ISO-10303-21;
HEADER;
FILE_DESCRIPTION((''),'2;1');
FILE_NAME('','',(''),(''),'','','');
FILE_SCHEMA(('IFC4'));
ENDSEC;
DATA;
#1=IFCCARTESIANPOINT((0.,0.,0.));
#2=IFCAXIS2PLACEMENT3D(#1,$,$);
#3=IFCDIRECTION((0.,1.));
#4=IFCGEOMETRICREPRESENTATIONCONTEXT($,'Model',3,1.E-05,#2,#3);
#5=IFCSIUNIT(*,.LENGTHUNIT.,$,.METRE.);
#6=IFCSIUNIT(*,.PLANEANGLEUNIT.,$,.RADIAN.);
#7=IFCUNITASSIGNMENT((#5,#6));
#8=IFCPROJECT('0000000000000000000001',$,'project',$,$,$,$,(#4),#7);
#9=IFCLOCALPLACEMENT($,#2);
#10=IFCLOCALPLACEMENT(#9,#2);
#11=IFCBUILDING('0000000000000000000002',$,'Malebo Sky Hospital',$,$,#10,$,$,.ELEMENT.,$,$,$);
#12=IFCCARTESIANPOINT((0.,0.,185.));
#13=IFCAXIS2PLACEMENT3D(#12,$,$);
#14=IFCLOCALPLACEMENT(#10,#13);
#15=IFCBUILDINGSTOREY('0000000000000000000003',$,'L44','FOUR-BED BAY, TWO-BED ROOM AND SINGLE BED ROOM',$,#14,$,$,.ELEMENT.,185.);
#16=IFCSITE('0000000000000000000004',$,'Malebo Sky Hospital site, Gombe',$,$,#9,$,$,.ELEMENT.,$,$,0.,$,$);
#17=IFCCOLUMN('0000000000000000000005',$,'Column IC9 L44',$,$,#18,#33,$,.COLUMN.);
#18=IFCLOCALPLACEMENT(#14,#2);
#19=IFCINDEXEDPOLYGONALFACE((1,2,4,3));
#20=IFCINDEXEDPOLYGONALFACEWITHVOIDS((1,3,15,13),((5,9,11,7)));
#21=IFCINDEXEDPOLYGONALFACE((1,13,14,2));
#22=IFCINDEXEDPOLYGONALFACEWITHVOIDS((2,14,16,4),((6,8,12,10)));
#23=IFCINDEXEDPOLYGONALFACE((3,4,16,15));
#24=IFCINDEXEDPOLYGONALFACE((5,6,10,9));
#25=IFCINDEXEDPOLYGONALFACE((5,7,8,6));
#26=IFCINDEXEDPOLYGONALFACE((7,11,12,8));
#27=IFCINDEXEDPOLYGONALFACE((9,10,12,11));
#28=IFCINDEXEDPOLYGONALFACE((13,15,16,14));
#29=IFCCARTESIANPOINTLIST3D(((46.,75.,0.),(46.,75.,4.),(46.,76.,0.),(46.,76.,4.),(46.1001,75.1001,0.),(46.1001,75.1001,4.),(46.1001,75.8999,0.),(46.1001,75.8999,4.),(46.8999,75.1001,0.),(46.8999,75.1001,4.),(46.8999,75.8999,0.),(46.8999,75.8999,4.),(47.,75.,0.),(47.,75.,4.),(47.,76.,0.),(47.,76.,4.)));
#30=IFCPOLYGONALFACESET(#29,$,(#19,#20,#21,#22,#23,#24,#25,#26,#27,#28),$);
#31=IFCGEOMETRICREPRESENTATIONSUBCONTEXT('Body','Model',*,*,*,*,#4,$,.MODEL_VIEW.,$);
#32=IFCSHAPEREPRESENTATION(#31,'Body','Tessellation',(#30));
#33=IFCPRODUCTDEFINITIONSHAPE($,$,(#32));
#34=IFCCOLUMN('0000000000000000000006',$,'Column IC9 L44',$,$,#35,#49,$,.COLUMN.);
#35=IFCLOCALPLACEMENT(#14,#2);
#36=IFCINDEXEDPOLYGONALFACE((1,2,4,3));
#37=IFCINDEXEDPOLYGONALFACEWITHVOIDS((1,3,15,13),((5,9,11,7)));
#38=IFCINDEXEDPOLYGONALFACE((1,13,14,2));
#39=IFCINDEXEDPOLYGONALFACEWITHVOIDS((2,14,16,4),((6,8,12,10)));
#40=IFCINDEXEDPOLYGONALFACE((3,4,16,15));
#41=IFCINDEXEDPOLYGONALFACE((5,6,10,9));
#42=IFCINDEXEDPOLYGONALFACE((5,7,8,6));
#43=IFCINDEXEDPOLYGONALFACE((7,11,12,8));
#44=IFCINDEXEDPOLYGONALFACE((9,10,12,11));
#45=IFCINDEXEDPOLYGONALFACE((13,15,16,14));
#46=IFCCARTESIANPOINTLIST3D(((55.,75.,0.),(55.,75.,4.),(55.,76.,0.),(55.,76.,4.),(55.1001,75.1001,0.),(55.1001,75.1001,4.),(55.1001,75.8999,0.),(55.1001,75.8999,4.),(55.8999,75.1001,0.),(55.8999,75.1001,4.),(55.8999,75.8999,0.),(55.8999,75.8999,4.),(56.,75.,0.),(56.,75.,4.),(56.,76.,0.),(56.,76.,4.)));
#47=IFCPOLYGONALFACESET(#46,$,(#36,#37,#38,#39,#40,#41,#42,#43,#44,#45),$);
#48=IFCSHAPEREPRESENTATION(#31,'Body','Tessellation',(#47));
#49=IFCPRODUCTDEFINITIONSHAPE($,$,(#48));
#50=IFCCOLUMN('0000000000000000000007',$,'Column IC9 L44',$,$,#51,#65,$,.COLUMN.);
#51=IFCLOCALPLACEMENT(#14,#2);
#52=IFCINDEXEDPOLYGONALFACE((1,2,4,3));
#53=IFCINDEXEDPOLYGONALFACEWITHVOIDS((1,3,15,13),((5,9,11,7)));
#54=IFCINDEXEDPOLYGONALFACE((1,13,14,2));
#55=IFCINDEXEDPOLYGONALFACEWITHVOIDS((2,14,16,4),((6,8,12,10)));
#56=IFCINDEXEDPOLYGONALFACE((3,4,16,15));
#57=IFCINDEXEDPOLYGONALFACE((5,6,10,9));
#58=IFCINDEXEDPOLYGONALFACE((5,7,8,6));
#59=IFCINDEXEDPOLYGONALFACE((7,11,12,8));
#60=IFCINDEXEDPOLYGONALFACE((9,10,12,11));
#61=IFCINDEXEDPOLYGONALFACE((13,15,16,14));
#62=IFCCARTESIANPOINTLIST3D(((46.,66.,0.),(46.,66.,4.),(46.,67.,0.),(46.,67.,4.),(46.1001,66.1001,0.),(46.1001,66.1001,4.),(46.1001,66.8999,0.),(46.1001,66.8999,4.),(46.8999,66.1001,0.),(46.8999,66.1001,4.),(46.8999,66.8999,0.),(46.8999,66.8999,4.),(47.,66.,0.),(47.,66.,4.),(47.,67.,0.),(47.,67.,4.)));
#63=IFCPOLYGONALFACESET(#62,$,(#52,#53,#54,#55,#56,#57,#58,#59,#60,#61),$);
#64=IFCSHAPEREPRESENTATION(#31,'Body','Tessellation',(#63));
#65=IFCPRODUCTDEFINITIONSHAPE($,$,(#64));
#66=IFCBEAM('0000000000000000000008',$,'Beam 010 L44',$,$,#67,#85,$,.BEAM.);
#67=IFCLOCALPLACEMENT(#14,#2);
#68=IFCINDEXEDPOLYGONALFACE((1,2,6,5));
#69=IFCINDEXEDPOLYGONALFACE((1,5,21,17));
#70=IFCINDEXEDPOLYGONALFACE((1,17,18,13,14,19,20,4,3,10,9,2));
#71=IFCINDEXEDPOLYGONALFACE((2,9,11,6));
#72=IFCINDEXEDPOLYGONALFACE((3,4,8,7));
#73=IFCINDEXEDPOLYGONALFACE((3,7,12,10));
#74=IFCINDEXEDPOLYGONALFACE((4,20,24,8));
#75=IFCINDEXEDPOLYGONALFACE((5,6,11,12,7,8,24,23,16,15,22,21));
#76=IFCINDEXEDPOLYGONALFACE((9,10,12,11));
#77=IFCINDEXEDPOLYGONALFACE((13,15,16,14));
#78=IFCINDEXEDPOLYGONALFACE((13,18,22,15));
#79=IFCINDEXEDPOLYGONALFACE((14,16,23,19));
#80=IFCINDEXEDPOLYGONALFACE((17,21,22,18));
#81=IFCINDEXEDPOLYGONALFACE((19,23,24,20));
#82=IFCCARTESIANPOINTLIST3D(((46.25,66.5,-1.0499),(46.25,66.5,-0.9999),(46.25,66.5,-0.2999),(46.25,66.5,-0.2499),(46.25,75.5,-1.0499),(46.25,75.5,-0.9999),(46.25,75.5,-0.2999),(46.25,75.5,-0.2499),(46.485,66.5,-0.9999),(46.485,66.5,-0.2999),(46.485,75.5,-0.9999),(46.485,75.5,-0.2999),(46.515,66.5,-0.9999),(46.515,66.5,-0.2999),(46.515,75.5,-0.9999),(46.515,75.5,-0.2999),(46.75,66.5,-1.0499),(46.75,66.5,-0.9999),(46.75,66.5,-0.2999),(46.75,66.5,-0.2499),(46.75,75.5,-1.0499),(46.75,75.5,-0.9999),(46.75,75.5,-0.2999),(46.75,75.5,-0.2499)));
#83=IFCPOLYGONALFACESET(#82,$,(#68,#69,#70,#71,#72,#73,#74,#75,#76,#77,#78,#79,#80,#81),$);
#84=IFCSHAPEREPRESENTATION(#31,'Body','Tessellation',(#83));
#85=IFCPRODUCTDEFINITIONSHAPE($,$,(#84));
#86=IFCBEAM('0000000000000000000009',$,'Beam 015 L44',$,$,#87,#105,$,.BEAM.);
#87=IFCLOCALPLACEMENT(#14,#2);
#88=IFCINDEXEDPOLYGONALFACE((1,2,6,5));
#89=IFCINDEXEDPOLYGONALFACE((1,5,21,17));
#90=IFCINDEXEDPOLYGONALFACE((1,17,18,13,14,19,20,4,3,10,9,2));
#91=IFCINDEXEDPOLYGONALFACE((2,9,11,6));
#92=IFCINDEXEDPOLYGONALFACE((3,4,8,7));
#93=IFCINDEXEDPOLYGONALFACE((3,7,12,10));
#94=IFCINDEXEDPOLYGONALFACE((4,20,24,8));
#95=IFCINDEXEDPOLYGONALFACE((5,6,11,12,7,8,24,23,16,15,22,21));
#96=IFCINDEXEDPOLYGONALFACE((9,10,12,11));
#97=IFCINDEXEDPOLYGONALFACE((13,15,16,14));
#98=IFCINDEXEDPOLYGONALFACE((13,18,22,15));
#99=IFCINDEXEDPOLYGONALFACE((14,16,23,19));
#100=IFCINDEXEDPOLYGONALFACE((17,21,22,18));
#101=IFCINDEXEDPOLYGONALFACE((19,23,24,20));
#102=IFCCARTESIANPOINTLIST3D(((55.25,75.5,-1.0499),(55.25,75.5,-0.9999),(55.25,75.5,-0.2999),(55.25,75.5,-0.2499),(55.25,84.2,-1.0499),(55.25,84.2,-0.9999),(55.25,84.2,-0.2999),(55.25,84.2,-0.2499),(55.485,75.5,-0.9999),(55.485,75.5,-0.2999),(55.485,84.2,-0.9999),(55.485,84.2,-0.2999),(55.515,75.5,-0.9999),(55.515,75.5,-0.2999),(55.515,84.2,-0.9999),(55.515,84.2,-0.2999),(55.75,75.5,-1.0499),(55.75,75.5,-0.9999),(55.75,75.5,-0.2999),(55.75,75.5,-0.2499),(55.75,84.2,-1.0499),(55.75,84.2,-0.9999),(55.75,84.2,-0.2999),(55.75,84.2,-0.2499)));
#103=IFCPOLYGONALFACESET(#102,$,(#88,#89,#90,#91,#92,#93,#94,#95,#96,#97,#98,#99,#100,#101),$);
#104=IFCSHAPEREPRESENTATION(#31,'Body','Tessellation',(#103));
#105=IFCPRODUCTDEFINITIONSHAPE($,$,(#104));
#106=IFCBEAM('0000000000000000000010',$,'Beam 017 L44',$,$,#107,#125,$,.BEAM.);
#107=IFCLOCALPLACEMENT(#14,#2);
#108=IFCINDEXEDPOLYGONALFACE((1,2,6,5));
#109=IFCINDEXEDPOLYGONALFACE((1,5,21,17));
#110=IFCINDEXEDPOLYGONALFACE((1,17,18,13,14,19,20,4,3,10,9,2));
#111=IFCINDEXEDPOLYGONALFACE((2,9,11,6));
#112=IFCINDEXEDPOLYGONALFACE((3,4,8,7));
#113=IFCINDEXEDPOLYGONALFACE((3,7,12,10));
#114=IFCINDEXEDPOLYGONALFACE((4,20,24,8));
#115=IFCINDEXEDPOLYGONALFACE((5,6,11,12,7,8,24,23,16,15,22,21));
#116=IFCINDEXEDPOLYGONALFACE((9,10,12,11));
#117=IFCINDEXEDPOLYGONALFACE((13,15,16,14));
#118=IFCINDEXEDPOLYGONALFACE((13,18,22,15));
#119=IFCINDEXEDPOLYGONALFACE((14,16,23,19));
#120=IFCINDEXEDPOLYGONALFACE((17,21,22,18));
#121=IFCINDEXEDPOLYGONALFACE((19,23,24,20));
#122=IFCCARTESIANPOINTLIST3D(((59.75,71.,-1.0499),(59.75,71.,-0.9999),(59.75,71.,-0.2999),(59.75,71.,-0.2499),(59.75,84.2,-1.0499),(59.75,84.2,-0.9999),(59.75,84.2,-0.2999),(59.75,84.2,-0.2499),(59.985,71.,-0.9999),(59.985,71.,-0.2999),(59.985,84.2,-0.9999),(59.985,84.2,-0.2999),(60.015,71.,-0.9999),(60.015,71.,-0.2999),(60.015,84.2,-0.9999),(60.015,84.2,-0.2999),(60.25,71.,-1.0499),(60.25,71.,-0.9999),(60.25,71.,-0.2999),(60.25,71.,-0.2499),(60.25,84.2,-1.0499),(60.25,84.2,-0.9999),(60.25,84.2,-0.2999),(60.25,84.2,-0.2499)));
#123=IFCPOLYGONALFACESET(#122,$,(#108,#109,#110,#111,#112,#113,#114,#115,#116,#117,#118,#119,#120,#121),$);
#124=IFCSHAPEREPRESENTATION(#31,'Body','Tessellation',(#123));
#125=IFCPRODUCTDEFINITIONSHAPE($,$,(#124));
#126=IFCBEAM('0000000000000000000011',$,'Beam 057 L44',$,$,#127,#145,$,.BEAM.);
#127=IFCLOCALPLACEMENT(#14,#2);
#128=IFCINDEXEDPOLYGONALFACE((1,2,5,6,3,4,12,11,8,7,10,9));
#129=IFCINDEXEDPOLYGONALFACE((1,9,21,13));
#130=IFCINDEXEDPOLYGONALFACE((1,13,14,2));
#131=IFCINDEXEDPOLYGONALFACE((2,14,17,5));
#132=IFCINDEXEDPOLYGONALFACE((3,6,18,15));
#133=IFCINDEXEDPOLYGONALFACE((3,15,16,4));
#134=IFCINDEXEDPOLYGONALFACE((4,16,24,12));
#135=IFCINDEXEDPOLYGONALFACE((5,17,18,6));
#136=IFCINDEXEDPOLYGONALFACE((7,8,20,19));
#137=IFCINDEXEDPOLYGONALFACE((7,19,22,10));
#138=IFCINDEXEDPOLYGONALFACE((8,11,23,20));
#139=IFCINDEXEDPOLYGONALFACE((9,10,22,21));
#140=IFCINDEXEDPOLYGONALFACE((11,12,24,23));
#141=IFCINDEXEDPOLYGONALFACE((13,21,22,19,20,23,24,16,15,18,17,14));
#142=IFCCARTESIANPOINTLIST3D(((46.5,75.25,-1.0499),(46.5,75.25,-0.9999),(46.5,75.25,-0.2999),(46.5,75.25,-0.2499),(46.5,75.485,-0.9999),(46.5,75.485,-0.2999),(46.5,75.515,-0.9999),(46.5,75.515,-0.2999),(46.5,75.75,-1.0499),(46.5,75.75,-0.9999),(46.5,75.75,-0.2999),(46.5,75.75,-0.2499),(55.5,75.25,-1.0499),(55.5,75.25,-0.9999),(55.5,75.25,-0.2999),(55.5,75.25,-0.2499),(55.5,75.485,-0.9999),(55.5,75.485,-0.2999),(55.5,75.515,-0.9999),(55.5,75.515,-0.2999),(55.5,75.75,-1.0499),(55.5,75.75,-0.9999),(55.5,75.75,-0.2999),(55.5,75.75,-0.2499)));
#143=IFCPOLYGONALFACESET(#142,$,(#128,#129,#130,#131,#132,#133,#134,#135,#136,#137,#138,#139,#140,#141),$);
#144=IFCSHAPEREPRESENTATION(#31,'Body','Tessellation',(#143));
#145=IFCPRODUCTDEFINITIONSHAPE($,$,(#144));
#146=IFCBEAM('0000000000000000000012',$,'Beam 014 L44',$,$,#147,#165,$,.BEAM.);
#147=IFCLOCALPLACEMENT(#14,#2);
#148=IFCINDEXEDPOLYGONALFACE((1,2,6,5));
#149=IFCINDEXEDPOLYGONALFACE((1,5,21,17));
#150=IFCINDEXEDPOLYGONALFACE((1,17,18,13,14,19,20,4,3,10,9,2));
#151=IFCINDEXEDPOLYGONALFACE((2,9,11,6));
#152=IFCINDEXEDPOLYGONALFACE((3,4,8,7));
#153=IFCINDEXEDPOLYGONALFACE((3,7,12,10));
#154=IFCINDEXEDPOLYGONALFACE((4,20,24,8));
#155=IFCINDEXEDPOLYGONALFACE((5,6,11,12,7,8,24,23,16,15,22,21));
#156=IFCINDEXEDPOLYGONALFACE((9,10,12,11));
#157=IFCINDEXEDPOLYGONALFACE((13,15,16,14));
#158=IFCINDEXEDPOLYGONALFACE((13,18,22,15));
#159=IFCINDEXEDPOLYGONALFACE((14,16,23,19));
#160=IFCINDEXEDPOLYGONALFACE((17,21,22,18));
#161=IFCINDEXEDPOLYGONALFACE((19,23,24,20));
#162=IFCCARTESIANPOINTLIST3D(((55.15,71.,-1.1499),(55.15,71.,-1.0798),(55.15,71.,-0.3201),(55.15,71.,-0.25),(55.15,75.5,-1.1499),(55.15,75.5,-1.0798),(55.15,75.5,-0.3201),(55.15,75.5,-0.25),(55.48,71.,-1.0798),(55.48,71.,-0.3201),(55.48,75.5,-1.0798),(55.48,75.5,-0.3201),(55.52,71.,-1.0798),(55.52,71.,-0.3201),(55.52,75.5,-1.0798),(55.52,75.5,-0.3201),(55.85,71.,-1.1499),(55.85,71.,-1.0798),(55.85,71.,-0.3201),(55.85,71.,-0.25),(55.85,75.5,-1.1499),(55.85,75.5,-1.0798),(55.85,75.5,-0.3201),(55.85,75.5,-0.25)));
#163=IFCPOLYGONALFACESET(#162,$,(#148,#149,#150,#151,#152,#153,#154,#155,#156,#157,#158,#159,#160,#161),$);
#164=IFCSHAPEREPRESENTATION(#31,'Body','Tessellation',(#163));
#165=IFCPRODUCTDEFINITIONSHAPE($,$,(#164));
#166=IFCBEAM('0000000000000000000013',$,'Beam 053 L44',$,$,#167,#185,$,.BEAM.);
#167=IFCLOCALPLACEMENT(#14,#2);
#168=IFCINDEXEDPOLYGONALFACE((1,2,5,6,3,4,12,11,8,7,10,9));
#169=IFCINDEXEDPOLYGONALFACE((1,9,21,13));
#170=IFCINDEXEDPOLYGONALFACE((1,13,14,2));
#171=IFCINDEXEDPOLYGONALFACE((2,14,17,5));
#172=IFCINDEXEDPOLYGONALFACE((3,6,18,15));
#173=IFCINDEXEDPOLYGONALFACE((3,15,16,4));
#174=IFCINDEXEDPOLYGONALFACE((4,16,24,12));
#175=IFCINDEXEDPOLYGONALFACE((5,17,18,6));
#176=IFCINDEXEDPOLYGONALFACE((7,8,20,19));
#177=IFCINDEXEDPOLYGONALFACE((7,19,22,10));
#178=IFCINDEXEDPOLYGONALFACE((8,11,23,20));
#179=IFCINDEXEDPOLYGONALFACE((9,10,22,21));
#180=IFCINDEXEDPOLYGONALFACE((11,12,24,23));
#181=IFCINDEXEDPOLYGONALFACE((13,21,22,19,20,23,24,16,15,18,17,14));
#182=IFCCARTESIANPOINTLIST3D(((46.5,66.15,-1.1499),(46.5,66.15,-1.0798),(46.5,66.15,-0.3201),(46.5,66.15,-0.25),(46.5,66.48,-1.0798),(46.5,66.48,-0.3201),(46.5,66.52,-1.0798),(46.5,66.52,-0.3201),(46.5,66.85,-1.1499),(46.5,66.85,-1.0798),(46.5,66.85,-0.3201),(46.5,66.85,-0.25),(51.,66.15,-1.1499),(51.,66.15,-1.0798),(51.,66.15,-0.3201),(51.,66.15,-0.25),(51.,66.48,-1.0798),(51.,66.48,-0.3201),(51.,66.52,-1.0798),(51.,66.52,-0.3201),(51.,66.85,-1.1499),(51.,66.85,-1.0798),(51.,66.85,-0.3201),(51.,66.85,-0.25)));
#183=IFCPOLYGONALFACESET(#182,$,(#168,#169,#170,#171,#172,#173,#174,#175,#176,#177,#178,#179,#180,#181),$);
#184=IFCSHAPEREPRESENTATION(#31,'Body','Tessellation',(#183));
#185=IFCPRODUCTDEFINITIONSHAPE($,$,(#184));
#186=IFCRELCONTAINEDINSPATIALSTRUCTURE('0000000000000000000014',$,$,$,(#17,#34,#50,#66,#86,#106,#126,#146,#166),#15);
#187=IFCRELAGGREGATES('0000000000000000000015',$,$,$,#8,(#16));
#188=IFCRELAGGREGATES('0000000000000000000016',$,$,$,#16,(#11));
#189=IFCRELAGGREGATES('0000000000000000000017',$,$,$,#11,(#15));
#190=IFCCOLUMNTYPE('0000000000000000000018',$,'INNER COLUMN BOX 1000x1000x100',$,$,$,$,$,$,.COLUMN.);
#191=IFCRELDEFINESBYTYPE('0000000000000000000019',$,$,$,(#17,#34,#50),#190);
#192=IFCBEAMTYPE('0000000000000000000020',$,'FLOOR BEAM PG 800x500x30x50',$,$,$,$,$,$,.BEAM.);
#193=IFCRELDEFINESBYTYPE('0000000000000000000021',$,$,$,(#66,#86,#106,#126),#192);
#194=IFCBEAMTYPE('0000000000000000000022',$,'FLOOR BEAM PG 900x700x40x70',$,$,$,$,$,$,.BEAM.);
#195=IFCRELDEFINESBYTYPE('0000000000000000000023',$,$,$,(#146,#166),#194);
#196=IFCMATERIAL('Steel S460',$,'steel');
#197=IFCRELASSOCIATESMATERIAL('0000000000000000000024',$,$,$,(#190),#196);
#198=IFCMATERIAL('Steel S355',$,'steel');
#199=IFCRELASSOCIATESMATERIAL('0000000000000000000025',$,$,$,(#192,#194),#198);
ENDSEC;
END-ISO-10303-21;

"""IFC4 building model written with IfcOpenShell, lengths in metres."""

from ifc_helpers import new_model, si_unit, direction, frame, origin, origin_2d, place, context, subcontext, project, spatial, hollow_rectangle, i_section, extrude, material, material_profile, profile_set, type_object, element, save


model = new_model("IFC4")

# Units and contexts
model_context = context("Model", 3, precision=1e-05, world=origin(), true_north=direction((0.0, 1.0)))
body_context = subcontext(model_context, "Body", "Model", "MODEL_VIEW")
ifc_project = project(units=[si_unit("LENGTHUNIT", "METRE"), si_unit("PLANEANGLEUNIT", "RADIAN")], contexts=[model_context])

# Site, building, storey
site_placement = place(None, origin())
site = spatial("IfcSite", under=ifc_project, at=site_placement, Name="Malebo Sky Hospital site, Gombe", CompositionType="ELEMENT", RefElevation=0.0)
building_placement = place(site_placement, origin())
building = spatial("IfcBuilding", under=site, at=building_placement, Name="Malebo Sky Hospital", CompositionType="ELEMENT")
storey_placement = place(building_placement, frame((0.0, 0.0, 185.0)))
storey = spatial("IfcBuildingStorey", under=building, at=storey_placement, Name="L44", Description="FOUR-BED BAY, TWO-BED ROOM AND SINGLE BED ROOM", CompositionType="ELEMENT", Elevation=185.0)

# Columns
ifc_material_1 = material(Name="Steel S460", Category="steel")
ifc_material_profile_1 = material_profile(ifc_material_1, hollow_rectangle(XDim=1.0, YDim=1.0, WallThickness=0.1001, at=origin_2d()), Name="BOX 1000x1000x100")
ifc_profile_set_1 = profile_set([ifc_material_profile_1], Name="Steel S460")
column_type = type_object("IfcColumnType", Name="INNER COLUMN BOX 1000x1000x100", PredefinedType="COLUMN", material=ifc_profile_set_1)
for number, where, z_axis, x_axis, name in (
    (1, (46.5, 75.5, 0.0), (0.0, 0.0, 1.0), (1.0, 0.0, 0.0), "Column IC9 L44"),
    (2, (55.5, 75.5, 0.0), (0.0, 0.0, 1.0), (1.0, 0.0, 0.0), "Column IC9 L44"),
    (3, (46.5, 66.5, 0.0), (0.0, 0.0, 1.0), (1.0, 0.0, 0.0), "Column IC9 L44"),
):
    element("IfcColumn", number, at=place(storey_placement, frame(where, z_axis=z_axis, x_axis=x_axis)), inside=storey, type_object=column_type, Name=name, PredefinedType="COLUMN", context=body_context, shape_type="SweptSolid", body=[
        extrude(hollow_rectangle(XDim=1.0, YDim=1.0, WallThickness=0.1001, at=origin_2d()), origin(), (0.0, 0.0, 1.0), 4.0),
    ])

# Beams
ifc_material_2 = material(Name="Steel S355", Category="steel")
ifc_material_profile_2 = material_profile(ifc_material_2, i_section(OverallWidth=0.5, OverallDepth=0.8, WebThickness=0.03, FlangeThickness=0.05, at=origin_2d()), Name="PG 800x500x30x50")
ifc_profile_set_2 = profile_set([ifc_material_profile_2], Name="Steel S355")
beam_type_1 = type_object("IfcBeamType", Name="FLOOR BEAM PG 800x500x30x50", PredefinedType="BEAM", material=ifc_profile_set_2)
beam_1_placement = place(storey_placement, frame((46.5, 66.5, -0.6499), z_axis=(0.0, 1.0, 0.0), x_axis=(-1.0, 0.0, 0.0)))
element("IfcBeam", 4, at=beam_1_placement, inside=storey, type_object=beam_type_1, Name="Beam 010 L44", PredefinedType="BEAM", context=body_context, shape_type="SweptSolid", body=[
    extrude(i_section(OverallWidth=0.5, OverallDepth=0.8, WebThickness=0.03, FlangeThickness=0.05, at=origin_2d()), origin(), (0.0, 0.0, 1.0), 9.0),
])
beam_2_placement = place(storey_placement, frame((55.5, 75.5, -0.6499), z_axis=(0.0, 1.0, 0.0), x_axis=(-1.0, 0.0, 0.0)))
element("IfcBeam", 5, at=beam_2_placement, inside=storey, type_object=beam_type_1, Name="Beam 015 L44", PredefinedType="BEAM", context=body_context, shape_type="SweptSolid", body=[
    extrude(i_section(OverallWidth=0.5, OverallDepth=0.8, WebThickness=0.03, FlangeThickness=0.05, at=origin_2d()), origin(), (0.0, 0.0, 1.0), 8.7),
])
beam_3_placement = place(storey_placement, frame((60.0, 71.0, -0.6499), z_axis=(0.0, 1.0, 0.0), x_axis=(-1.0, 0.0, 0.0)))
element("IfcBeam", 6, at=beam_3_placement, inside=storey, type_object=beam_type_1, Name="Beam 017 L44", PredefinedType="BEAM", context=body_context, shape_type="SweptSolid", body=[
    extrude(i_section(OverallWidth=0.5, OverallDepth=0.8, WebThickness=0.03, FlangeThickness=0.05, at=origin_2d()), origin(), (0.0, 0.0, 1.0), 13.2),
])
beam_4_placement = place(storey_placement, frame((46.5, 75.5, -0.6499), z_axis=(1.0, 0.0, 0.0), x_axis=(0.0, 1.0, 0.0)))
element("IfcBeam", 7, at=beam_4_placement, inside=storey, type_object=beam_type_1, Name="Beam 057 L44", PredefinedType="BEAM", context=body_context, shape_type="SweptSolid", body=[
    extrude(i_section(OverallWidth=0.5, OverallDepth=0.8, WebThickness=0.03, FlangeThickness=0.05, at=origin_2d()), origin(), (0.0, 0.0, 1.0), 9.0),
])
ifc_material_profile_3 = material_profile(ifc_material_2, i_section(OverallWidth=0.7, OverallDepth=0.8999, WebThickness=0.04, FlangeThickness=0.0701, at=origin_2d()), Name="PG 900x700x40x70")
ifc_profile_set_3 = profile_set([ifc_material_profile_3], Name="Steel S355")
beam_type_2 = type_object("IfcBeamType", Name="FLOOR BEAM PG 900x700x40x70", PredefinedType="BEAM", material=ifc_profile_set_3)
for number, where, z_axis, x_axis, name in (
    (8, (55.5, 71.0, -0.7), (0.0, 1.0, 0.0), (-1.0, 0.0, 0.0), "Beam 014 L44"),
    (9, (46.5, 66.5, -0.7), (1.0, 0.0, 0.0), (0.0, 1.0, 0.0), "Beam 053 L44"),
):
    element("IfcBeam", number, at=place(storey_placement, frame(where, z_axis=z_axis, x_axis=x_axis)), inside=storey, type_object=beam_type_2, Name=name, PredefinedType="BEAM", context=body_context, shape_type="SweptSolid", body=[
        extrude(i_section(OverallWidth=0.7, OverallDepth=0.8999, WebThickness=0.04, FlangeThickness=0.0701, at=origin_2d()), origin(), (0.0, 0.0, 1.0), 4.5),
    ])

save(model, "model.ifc")
